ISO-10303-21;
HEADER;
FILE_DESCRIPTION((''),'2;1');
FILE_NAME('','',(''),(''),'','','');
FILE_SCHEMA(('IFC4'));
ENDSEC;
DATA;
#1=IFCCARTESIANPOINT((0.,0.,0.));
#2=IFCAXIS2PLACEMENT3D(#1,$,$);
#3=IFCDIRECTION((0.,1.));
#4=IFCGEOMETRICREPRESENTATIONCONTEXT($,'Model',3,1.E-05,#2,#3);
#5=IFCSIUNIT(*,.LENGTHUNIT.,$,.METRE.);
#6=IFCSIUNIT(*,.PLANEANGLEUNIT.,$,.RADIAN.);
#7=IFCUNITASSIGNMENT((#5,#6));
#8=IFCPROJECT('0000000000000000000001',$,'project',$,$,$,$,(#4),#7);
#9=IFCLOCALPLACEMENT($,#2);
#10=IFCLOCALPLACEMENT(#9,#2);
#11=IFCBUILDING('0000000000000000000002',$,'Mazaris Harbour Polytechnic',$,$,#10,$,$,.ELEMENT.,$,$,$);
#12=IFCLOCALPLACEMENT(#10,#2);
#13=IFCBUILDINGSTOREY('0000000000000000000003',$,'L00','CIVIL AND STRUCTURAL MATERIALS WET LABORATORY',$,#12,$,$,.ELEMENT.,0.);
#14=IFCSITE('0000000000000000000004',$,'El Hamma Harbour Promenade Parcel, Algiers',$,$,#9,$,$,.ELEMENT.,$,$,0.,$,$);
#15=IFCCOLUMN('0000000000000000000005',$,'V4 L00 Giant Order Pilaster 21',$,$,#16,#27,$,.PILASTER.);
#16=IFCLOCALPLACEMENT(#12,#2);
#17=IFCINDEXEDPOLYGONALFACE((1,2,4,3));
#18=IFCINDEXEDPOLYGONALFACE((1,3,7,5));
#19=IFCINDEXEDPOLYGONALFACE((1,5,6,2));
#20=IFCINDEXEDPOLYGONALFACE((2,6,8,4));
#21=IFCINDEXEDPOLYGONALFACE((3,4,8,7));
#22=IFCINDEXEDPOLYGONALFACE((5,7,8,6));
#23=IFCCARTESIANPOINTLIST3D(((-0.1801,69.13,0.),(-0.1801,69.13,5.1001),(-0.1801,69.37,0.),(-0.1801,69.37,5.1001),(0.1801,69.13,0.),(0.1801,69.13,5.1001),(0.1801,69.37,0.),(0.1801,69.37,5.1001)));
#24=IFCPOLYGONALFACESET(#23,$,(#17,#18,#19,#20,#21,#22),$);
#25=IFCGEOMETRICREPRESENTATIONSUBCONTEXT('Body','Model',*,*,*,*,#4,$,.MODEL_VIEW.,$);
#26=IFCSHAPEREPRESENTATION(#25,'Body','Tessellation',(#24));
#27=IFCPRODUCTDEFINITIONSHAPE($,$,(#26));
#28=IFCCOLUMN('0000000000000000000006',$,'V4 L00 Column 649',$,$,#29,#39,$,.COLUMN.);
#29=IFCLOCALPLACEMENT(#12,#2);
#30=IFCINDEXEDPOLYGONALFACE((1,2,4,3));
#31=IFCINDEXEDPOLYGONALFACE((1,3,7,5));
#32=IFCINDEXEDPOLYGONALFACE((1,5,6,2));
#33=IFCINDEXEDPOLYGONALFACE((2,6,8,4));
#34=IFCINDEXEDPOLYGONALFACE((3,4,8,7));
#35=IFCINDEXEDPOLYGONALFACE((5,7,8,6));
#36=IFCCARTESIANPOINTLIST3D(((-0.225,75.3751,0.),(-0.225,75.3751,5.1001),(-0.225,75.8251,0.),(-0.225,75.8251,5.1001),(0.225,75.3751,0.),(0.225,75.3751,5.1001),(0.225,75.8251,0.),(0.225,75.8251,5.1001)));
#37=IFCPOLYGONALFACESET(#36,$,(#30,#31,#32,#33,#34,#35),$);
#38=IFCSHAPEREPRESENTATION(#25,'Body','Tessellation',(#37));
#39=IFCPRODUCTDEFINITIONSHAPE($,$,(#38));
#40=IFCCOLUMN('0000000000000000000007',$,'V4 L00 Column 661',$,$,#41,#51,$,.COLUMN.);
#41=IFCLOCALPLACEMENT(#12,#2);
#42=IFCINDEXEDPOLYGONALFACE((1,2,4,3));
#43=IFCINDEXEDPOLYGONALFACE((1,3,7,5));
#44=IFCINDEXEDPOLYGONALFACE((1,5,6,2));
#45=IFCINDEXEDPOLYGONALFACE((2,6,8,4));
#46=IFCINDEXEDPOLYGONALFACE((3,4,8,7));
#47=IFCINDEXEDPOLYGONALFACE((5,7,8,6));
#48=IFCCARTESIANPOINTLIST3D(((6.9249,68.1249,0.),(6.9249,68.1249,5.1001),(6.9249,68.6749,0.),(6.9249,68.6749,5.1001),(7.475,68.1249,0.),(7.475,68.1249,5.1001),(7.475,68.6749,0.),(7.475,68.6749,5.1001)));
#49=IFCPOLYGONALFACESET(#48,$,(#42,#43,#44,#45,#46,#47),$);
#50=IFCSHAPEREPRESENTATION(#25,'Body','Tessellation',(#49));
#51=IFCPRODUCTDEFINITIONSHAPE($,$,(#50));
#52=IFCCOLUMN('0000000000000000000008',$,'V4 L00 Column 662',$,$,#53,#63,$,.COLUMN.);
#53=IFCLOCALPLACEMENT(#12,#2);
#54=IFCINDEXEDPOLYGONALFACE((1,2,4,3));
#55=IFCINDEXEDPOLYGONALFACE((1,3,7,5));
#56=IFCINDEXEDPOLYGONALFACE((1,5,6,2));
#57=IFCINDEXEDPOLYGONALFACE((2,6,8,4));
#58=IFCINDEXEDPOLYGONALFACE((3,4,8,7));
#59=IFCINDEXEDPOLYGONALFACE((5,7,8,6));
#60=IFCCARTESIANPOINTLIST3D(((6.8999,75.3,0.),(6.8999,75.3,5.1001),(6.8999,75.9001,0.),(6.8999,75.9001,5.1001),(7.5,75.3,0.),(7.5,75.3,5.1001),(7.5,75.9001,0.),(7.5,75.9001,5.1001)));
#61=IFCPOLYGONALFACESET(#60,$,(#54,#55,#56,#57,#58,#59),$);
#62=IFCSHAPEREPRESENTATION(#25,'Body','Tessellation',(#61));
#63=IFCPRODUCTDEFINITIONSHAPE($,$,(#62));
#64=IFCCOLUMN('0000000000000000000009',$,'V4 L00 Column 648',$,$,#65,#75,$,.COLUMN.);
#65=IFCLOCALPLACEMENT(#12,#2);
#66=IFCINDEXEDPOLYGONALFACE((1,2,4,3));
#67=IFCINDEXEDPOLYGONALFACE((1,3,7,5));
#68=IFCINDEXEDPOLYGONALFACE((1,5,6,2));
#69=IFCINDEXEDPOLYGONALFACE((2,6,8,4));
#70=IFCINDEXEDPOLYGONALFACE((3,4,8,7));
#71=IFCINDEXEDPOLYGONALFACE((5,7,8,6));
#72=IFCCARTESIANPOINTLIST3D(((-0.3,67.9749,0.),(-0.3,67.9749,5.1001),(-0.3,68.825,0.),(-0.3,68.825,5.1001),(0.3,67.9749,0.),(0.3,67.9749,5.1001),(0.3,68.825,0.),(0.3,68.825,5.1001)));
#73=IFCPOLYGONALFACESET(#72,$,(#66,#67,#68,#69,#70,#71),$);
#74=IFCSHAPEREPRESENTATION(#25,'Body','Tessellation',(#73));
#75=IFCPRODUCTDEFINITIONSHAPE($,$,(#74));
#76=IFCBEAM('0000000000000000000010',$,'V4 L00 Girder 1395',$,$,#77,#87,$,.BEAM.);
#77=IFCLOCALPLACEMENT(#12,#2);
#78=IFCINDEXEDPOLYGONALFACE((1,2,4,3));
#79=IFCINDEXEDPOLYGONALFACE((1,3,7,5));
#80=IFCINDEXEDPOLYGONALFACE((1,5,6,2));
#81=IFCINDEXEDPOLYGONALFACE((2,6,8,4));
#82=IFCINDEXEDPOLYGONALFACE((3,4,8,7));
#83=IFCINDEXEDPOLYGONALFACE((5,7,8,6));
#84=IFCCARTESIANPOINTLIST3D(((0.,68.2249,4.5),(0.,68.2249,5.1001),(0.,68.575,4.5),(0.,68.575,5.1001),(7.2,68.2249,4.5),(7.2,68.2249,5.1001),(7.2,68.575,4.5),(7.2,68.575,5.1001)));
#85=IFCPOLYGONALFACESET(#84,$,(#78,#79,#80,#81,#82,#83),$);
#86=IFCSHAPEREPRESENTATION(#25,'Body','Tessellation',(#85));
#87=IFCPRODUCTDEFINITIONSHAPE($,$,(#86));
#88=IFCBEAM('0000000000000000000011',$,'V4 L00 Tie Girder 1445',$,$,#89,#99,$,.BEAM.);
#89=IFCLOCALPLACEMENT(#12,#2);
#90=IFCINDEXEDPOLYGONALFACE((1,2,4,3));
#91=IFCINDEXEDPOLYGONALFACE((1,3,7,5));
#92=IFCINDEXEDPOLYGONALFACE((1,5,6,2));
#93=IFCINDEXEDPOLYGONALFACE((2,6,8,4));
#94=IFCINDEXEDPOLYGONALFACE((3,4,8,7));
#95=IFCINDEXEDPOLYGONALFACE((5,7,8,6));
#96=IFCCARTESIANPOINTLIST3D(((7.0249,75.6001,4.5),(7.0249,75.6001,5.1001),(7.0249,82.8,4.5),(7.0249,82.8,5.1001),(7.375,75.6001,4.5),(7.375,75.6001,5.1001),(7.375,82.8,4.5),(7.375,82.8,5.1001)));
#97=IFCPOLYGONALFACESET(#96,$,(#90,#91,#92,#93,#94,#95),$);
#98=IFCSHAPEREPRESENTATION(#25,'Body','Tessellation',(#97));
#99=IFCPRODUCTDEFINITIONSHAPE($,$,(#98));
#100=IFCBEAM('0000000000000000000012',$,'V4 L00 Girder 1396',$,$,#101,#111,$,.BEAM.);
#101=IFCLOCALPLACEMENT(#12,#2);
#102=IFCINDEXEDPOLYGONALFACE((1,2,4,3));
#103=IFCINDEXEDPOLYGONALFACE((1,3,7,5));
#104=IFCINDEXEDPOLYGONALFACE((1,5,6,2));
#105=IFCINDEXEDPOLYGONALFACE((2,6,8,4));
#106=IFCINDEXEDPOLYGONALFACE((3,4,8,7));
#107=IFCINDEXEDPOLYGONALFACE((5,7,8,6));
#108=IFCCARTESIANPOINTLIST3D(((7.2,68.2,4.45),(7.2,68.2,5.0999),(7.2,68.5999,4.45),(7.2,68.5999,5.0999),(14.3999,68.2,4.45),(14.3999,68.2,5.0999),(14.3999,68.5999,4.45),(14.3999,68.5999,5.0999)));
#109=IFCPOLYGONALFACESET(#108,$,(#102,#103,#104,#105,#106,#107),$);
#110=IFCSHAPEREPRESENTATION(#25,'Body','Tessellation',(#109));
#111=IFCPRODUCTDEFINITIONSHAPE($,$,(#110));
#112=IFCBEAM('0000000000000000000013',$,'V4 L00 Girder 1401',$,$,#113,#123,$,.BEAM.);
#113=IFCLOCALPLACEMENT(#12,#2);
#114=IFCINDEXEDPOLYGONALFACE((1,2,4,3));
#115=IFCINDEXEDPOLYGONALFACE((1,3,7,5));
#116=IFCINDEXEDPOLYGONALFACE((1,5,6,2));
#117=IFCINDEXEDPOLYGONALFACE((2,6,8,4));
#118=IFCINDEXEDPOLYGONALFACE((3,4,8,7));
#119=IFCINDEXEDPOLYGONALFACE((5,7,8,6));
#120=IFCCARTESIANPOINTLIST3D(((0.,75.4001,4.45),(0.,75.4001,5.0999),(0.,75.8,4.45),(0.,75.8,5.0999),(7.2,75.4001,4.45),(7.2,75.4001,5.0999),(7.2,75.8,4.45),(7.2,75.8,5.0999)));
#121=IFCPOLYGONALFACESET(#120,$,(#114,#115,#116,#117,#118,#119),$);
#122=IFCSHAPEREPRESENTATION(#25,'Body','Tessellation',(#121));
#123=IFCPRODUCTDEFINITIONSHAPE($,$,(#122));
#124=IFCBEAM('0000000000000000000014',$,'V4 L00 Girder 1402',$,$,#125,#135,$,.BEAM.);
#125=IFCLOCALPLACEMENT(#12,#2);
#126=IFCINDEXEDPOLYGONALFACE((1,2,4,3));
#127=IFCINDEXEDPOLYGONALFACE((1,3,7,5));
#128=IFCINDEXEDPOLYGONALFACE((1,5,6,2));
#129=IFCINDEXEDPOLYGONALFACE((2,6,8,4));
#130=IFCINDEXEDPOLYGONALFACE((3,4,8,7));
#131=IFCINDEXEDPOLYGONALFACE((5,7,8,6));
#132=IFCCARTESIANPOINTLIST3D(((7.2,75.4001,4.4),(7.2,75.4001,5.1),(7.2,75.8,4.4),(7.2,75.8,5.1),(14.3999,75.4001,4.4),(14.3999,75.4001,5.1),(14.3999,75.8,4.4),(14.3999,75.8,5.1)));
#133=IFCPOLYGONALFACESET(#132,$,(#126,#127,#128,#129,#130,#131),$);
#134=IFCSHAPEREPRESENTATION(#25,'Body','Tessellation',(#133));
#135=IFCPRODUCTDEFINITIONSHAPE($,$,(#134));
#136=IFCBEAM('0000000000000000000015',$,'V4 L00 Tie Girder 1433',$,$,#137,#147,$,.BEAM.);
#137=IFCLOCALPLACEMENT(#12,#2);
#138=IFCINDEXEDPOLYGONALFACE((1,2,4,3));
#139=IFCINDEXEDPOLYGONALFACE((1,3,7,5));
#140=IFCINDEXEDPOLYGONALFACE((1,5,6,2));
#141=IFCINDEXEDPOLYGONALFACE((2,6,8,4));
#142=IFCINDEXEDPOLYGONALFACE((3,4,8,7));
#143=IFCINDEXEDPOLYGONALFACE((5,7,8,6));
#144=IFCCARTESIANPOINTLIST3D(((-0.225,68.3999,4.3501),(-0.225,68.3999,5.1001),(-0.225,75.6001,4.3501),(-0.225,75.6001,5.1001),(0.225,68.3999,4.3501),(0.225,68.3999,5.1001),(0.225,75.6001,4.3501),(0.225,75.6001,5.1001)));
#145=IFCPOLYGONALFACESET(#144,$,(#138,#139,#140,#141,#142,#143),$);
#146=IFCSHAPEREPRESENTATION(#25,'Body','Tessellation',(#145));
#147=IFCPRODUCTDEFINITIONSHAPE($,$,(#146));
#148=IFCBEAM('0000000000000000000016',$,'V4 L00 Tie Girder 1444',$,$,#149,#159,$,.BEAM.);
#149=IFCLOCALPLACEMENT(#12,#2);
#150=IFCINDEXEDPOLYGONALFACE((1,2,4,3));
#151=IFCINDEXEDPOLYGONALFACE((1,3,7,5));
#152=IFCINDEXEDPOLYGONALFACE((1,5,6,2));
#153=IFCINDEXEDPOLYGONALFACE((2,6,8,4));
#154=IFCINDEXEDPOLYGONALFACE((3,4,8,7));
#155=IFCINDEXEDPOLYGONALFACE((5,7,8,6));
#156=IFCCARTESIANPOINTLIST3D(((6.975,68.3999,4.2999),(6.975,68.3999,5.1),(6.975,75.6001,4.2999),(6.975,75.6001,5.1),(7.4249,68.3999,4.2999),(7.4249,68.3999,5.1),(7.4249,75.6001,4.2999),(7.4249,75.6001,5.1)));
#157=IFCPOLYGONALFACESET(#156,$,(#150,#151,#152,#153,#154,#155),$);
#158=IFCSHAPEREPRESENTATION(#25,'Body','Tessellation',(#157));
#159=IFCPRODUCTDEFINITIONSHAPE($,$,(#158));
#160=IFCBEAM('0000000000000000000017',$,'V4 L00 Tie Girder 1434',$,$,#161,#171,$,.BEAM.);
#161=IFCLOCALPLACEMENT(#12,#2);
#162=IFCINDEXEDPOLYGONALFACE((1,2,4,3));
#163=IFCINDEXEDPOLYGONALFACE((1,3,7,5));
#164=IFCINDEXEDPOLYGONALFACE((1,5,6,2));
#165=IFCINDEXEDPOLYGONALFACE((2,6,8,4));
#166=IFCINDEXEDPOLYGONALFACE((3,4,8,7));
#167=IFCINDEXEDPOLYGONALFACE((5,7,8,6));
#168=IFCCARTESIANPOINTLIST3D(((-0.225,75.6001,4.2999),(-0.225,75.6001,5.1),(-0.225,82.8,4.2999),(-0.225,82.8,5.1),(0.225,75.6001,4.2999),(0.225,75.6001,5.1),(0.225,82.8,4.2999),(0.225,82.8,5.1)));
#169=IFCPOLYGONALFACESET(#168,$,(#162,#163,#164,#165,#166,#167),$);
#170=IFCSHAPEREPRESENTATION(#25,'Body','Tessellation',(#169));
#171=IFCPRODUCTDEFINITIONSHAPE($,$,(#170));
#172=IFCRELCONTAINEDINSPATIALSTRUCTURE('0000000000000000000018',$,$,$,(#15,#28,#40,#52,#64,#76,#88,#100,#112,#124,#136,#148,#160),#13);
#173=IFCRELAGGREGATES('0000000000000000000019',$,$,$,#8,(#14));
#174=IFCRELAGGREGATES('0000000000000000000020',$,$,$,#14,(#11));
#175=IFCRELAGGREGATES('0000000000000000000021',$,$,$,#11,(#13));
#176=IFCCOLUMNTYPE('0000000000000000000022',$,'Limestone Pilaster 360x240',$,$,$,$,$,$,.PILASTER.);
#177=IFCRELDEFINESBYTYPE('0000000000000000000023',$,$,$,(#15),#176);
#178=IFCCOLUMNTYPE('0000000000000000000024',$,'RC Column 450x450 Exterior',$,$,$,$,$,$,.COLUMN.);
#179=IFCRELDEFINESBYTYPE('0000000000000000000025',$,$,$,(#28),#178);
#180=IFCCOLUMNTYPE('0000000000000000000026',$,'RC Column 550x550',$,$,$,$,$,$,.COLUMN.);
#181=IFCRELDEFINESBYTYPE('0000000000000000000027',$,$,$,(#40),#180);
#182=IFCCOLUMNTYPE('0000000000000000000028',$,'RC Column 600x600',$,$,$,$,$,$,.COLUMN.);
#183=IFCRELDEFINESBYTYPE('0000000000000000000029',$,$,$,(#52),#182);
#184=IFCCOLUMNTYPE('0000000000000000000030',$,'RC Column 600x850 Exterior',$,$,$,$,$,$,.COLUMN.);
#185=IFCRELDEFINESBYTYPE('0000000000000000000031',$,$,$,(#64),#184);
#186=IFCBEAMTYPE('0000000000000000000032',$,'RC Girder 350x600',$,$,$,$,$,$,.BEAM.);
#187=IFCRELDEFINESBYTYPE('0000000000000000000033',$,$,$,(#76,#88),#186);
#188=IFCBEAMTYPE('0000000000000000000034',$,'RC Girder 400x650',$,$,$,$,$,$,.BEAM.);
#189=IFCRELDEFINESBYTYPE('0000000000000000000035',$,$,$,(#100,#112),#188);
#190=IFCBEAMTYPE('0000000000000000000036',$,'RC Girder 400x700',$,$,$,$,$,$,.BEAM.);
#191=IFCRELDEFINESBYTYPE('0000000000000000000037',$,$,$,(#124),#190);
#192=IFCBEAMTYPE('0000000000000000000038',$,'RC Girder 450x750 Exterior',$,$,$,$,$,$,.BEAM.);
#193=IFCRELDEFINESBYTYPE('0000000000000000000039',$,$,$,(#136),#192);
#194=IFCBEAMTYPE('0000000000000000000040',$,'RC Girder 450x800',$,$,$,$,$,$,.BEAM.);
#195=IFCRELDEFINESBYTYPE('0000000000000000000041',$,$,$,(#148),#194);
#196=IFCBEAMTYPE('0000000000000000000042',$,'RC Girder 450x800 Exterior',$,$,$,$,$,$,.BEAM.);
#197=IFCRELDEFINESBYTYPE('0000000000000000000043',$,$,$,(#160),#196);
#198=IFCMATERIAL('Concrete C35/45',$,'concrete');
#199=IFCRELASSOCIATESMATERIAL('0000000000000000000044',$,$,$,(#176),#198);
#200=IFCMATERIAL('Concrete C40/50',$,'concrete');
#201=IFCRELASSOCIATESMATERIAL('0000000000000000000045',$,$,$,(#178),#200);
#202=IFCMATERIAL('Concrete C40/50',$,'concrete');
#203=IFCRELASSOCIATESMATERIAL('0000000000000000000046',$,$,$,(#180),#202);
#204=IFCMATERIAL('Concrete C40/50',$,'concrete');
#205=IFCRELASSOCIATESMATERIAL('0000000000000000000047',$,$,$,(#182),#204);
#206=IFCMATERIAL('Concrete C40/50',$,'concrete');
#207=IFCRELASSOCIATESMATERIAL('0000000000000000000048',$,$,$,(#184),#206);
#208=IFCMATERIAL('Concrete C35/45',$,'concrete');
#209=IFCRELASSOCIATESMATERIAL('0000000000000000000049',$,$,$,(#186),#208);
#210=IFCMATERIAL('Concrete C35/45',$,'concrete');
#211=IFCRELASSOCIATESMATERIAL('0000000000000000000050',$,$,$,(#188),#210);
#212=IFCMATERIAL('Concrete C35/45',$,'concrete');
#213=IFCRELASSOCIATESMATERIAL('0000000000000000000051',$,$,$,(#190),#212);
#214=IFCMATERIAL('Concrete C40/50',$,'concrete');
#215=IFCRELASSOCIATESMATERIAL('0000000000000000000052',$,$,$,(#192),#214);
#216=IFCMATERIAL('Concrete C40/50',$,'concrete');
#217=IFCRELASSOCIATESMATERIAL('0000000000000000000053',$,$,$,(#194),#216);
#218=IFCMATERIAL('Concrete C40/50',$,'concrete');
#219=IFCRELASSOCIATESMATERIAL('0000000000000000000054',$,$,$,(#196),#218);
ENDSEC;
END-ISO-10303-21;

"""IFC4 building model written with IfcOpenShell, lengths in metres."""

from ifc_helpers import new_model, si_unit, direction, frame, origin, origin_2d, place, context, subcontext, project, spatial, rectangle, extrude, material, material_profile, profile_set, type_object, element, save


model = new_model("IFC4")

# Units and contexts
model_context = context("Model", 3, precision=1e-05, world=origin(), true_north=direction((0.0, 1.0)))
body_context = subcontext(model_context, "Body", "Model", "MODEL_VIEW")
ifc_project = project(units=[si_unit("LENGTHUNIT", "METRE"), si_unit("PLANEANGLEUNIT", "RADIAN")], contexts=[model_context])

# Site, building, storey
site_placement = place(None, origin())
site = spatial("IfcSite", under=ifc_project, at=site_placement, Name="El Hamma Harbour Promenade Parcel, Algiers", CompositionType="ELEMENT", RefElevation=0.0)
building_placement = place(site_placement, origin())
building = spatial("IfcBuilding", under=site, at=building_placement, Name="Mazaris Harbour Polytechnic", CompositionType="ELEMENT")
storey_placement = place(building_placement, origin())
storey = spatial("IfcBuildingStorey", under=building, at=storey_placement, Name="L00", Description="CIVIL AND STRUCTURAL MATERIALS WET LABORATORY", CompositionType="ELEMENT", Elevation=0.0)

# Columns
ifc_material_1 = material(Name="Concrete C35/45", Category="concrete")
ifc_material_profile_1 = material_profile(ifc_material_1, rectangle(XDim=0.3601, YDim=0.24, at=origin_2d()), Name="RECT360x240")
ifc_profile_set_1 = profile_set([ifc_material_profile_1], Name="Concrete C35/45")
column_type_1 = type_object("IfcColumnType", Name="Limestone Pilaster 360x240", PredefinedType="PILASTER", material=ifc_profile_set_1)
column_1_placement = place(storey_placement, frame((0.0, 69.25, 0.0), z_axis=(0.0, 0.0, 1.0), x_axis=(1.0, 0.0, 0.0)))
element("IfcColumn", 1, at=column_1_placement, inside=storey, type_object=column_type_1, Name="V4 L00 Giant Order Pilaster 21", PredefinedType="PILASTER", context=body_context, shape_type="SweptSolid", body=[
    extrude(rectangle(XDim=0.3601, YDim=0.24, at=origin_2d()), origin(), (0.0, 0.0, 1.0), 5.1001),
])
ifc_material_2 = material(Name="Concrete C40/50", Category="concrete")
ifc_material_profile_2 = material_profile(ifc_material_2, rectangle(XDim=0.45, YDim=0.45, at=origin_2d()), Name="RECT450x450")
ifc_profile_set_2 = profile_set([ifc_material_profile_2], Name="Concrete C40/50")
column_type_2 = type_object("IfcColumnType", Name="RC Column 450x450 Exterior", PredefinedType="COLUMN", material=ifc_profile_set_2)
column_2_placement = place(storey_placement, frame((0.0, 75.6001, 0.0), z_axis=(0.0, 0.0, 1.0), x_axis=(1.0, 0.0, 0.0)))
element("IfcColumn", 2, at=column_2_placement, inside=storey, type_object=column_type_2, Name="V4 L00 Column 649", PredefinedType="COLUMN", context=body_context, shape_type="SweptSolid", body=[
    extrude(rectangle(XDim=0.45, YDim=0.45, at=origin_2d()), origin(), (0.0, 0.0, 1.0), 5.1001),
])
ifc_material_3 = material(Name="Concrete C40/50", Category="concrete")
ifc_material_profile_3 = material_profile(ifc_material_3, rectangle(XDim=0.55, YDim=0.55, at=origin_2d()), Name="RECT550x550")
ifc_profile_set_3 = profile_set([ifc_material_profile_3], Name="Concrete C40/50")
column_type_3 = type_object("IfcColumnType", Name="RC Column 550x550", PredefinedType="COLUMN", material=ifc_profile_set_3)
column_3_placement = place(storey_placement, frame((7.2, 68.3999, 0.0), z_axis=(0.0, 0.0, 1.0), x_axis=(1.0, 0.0, 0.0)))
element("IfcColumn", 3, at=column_3_placement, inside=storey, type_object=column_type_3, Name="V4 L00 Column 661", PredefinedType="COLUMN", context=body_context, shape_type="SweptSolid", body=[
    extrude(rectangle(XDim=0.55, YDim=0.55, at=origin_2d()), origin(), (0.0, 0.0, 1.0), 5.1001),
])
ifc_material_4 = material(Name="Concrete C40/50", Category="concrete")
ifc_material_profile_4 = material_profile(ifc_material_4, rectangle(XDim=0.6001, YDim=0.6001, at=origin_2d()), Name="RECT600x600")
ifc_profile_set_4 = profile_set([ifc_material_profile_4], Name="Concrete C40/50")
column_type_4 = type_object("IfcColumnType", Name="RC Column 600x600", PredefinedType="COLUMN", material=ifc_profile_set_4)
column_4_placement = place(storey_placement, frame((7.2, 75.6001, 0.0), z_axis=(0.0, 0.0, 1.0), x_axis=(1.0, 0.0, 0.0)))
element("IfcColumn", 4, at=column_4_placement, inside=storey, type_object=column_type_4, Name="V4 L00 Column 662", PredefinedType="COLUMN", context=body_context, shape_type="SweptSolid", body=[
    extrude(rectangle(XDim=0.6001, YDim=0.6001, at=origin_2d()), origin(), (0.0, 0.0, 1.0), 5.1001),
])
ifc_material_5 = material(Name="Concrete C40/50", Category="concrete")
ifc_material_profile_5 = material_profile(ifc_material_5, rectangle(XDim=0.6001, YDim=0.8501, at=origin_2d()), Name="RECT600x850")
ifc_profile_set_5 = profile_set([ifc_material_profile_5], Name="Concrete C40/50")
column_type_5 = type_object("IfcColumnType", Name="RC Column 600x850 Exterior", PredefinedType="COLUMN", material=ifc_profile_set_5)
column_5_placement = place(storey_placement, frame((0.0, 68.3999, 0.0), z_axis=(0.0, 0.0, 1.0), x_axis=(1.0, 0.0, 0.0)))
element("IfcColumn", 5, at=column_5_placement, inside=storey, type_object=column_type_5, Name="V4 L00 Column 648", PredefinedType="COLUMN", context=body_context, shape_type="SweptSolid", body=[
    extrude(rectangle(XDim=0.6001, YDim=0.8501, at=origin_2d()), origin(), (0.0, 0.0, 1.0), 5.1001),
])

# Beams
ifc_material_6 = material(Name="Concrete C35/45", Category="concrete")
ifc_material_profile_6 = material_profile(ifc_material_6, rectangle(XDim=0.3501, YDim=0.6001, at=origin_2d()), Name="RECT350x600")
ifc_profile_set_6 = profile_set([ifc_material_profile_6], Name="Concrete C35/45")
beam_type_1 = type_object("IfcBeamType", Name="RC Girder 350x600", PredefinedType="BEAM", material=ifc_profile_set_6)
for number, where, z_axis, x_axis, name in (
    (6, (0.0, 68.3999, 4.8), (1.0, 0.0, 0.0), (0.0, 1.0, 0.0), "V4 L00 Girder 1395"),
    (7, (7.2, 75.6001, 4.8), (0.0, 1.0, 0.0), (-1.0, 0.0, 0.0), "V4 L00 Tie Girder 1445"),
):
    element("IfcBeam", number, at=place(storey_placement, frame(where, z_axis=z_axis, x_axis=x_axis)), inside=storey, type_object=beam_type_1, Name=name, PredefinedType="BEAM", context=body_context, shape_type="SweptSolid", body=[
        extrude(rectangle(XDim=0.3501, YDim=0.6001, at=origin_2d()), origin(), (0.0, 0.0, 1.0), 7.2),
    ])
ifc_material_7 = material(Name="Concrete C35/45", Category="concrete")
ifc_material_profile_7 = material_profile(ifc_material_7, rectangle(XDim=0.3999, YDim=0.6499, at=origin_2d()), Name="RECT400x650")
ifc_profile_set_7 = profile_set([ifc_material_profile_7], Name="Concrete C35/45")
beam_type_2 = type_object("IfcBeamType", Name="RC Girder 400x650", PredefinedType="BEAM", material=ifc_profile_set_7)
for number, where, z_axis, x_axis, name in (
    (8, (7.2, 68.3999, 4.7749), (1.0, 0.0, 0.0), (0.0, 1.0, 0.0), "V4 L00 Girder 1396"),
    (9, (0.0, 75.6001, 4.7749), (1.0, 0.0, 0.0), (0.0, 1.0, 0.0), "V4 L00 Girder 1401"),
):
    element("IfcBeam", number, at=place(storey_placement, frame(where, z_axis=z_axis, x_axis=x_axis)), inside=storey, type_object=beam_type_2, Name=name, PredefinedType="BEAM", context=body_context, shape_type="SweptSolid", body=[
        extrude(rectangle(XDim=0.3999, YDim=0.6499, at=origin_2d()), origin(), (0.0, 0.0, 1.0), 7.2),
    ])
ifc_material_8 = material(Name="Concrete C35/45", Category="concrete")
ifc_material_profile_8 = material_profile(ifc_material_8, rectangle(XDim=0.3999, YDim=0.7, at=origin_2d()), Name="RECT400x700")
ifc_profile_set_8 = profile_set([ifc_material_profile_8], Name="Concrete C35/45")
beam_type_3 = type_object("IfcBeamType", Name="RC Girder 400x700", PredefinedType="BEAM", material=ifc_profile_set_8)
beam_1_placement = place(storey_placement, frame((7.2, 75.6001, 4.75), z_axis=(1.0, 0.0, 0.0), x_axis=(0.0, 1.0, 0.0)))
element("IfcBeam", 10, at=beam_1_placement, inside=storey, type_object=beam_type_3, Name="V4 L00 Girder 1402", PredefinedType="BEAM", context=body_context, shape_type="SweptSolid", body=[
    extrude(rectangle(XDim=0.3999, YDim=0.7, at=origin_2d()), origin(), (0.0, 0.0, 1.0), 7.2),
])
ifc_material_9 = material(Name="Concrete C40/50", Category="concrete")
ifc_material_profile_9 = material_profile(ifc_material_9, rectangle(XDim=0.45, YDim=0.75, at=origin_2d()), Name="RECT450x750")
ifc_profile_set_9 = profile_set([ifc_material_profile_9], Name="Concrete C40/50")
beam_type_4 = type_object("IfcBeamType", Name="RC Girder 450x750 Exterior", PredefinedType="BEAM", material=ifc_profile_set_9)
beam_2_placement = place(storey_placement, frame((0.0, 68.3999, 4.7251), z_axis=(0.0, 1.0, 0.0), x_axis=(-1.0, 0.0, 0.0)))
element("IfcBeam", 11, at=beam_2_placement, inside=storey, type_object=beam_type_4, Name="V4 L00 Tie Girder 1433", PredefinedType="BEAM", context=body_context, shape_type="SweptSolid", body=[
    extrude(rectangle(XDim=0.45, YDim=0.75, at=origin_2d()), origin(), (0.0, 0.0, 1.0), 7.2002),
])
ifc_material_10 = material(Name="Concrete C40/50", Category="concrete")
ifc_material_profile_10 = material_profile(ifc_material_10, rectangle(XDim=0.45, YDim=0.8, at=origin_2d()), Name="RECT450x800")
ifc_profile_set_10 = profile_set([ifc_material_profile_10], Name="Concrete C40/50")
beam_type_5 = type_object("IfcBeamType", Name="RC Girder 450x800", PredefinedType="BEAM", material=ifc_profile_set_10)
beam_3_placement = place(storey_placement, frame((7.2, 68.3999, 4.7), z_axis=(0.0, 1.0, 0.0), x_axis=(-1.0, 0.0, 0.0)))
element("IfcBeam", 12, at=beam_3_placement, inside=storey, type_object=beam_type_5, Name="V4 L00 Tie Girder 1444", PredefinedType="BEAM", context=body_context, shape_type="SweptSolid", body=[
    extrude(rectangle(XDim=0.45, YDim=0.8, at=origin_2d()), origin(), (0.0, 0.0, 1.0), 7.2002),
])
ifc_material_11 = material(Name="Concrete C40/50", Category="concrete")
ifc_material_profile_11 = material_profile(ifc_material_11, rectangle(XDim=0.45, YDim=0.8, at=origin_2d()), Name="RECT450x800")
ifc_profile_set_11 = profile_set([ifc_material_profile_11], Name="Concrete C40/50")
beam_type_6 = type_object("IfcBeamType", Name="RC Girder 450x800 Exterior", PredefinedType="BEAM", material=ifc_profile_set_11)
beam_4_placement = place(storey_placement, frame((0.0, 75.6001, 4.7), z_axis=(0.0, 1.0, 0.0), x_axis=(-1.0, 0.0, 0.0)))
element("IfcBeam", 13, at=beam_4_placement, inside=storey, type_object=beam_type_6, Name="V4 L00 Tie Girder 1434", PredefinedType="BEAM", context=body_context, shape_type="SweptSolid", body=[
    extrude(rectangle(XDim=0.45, YDim=0.8, at=origin_2d()), origin(), (0.0, 0.0, 1.0), 7.2),
])

save(model, "model.ifc")
